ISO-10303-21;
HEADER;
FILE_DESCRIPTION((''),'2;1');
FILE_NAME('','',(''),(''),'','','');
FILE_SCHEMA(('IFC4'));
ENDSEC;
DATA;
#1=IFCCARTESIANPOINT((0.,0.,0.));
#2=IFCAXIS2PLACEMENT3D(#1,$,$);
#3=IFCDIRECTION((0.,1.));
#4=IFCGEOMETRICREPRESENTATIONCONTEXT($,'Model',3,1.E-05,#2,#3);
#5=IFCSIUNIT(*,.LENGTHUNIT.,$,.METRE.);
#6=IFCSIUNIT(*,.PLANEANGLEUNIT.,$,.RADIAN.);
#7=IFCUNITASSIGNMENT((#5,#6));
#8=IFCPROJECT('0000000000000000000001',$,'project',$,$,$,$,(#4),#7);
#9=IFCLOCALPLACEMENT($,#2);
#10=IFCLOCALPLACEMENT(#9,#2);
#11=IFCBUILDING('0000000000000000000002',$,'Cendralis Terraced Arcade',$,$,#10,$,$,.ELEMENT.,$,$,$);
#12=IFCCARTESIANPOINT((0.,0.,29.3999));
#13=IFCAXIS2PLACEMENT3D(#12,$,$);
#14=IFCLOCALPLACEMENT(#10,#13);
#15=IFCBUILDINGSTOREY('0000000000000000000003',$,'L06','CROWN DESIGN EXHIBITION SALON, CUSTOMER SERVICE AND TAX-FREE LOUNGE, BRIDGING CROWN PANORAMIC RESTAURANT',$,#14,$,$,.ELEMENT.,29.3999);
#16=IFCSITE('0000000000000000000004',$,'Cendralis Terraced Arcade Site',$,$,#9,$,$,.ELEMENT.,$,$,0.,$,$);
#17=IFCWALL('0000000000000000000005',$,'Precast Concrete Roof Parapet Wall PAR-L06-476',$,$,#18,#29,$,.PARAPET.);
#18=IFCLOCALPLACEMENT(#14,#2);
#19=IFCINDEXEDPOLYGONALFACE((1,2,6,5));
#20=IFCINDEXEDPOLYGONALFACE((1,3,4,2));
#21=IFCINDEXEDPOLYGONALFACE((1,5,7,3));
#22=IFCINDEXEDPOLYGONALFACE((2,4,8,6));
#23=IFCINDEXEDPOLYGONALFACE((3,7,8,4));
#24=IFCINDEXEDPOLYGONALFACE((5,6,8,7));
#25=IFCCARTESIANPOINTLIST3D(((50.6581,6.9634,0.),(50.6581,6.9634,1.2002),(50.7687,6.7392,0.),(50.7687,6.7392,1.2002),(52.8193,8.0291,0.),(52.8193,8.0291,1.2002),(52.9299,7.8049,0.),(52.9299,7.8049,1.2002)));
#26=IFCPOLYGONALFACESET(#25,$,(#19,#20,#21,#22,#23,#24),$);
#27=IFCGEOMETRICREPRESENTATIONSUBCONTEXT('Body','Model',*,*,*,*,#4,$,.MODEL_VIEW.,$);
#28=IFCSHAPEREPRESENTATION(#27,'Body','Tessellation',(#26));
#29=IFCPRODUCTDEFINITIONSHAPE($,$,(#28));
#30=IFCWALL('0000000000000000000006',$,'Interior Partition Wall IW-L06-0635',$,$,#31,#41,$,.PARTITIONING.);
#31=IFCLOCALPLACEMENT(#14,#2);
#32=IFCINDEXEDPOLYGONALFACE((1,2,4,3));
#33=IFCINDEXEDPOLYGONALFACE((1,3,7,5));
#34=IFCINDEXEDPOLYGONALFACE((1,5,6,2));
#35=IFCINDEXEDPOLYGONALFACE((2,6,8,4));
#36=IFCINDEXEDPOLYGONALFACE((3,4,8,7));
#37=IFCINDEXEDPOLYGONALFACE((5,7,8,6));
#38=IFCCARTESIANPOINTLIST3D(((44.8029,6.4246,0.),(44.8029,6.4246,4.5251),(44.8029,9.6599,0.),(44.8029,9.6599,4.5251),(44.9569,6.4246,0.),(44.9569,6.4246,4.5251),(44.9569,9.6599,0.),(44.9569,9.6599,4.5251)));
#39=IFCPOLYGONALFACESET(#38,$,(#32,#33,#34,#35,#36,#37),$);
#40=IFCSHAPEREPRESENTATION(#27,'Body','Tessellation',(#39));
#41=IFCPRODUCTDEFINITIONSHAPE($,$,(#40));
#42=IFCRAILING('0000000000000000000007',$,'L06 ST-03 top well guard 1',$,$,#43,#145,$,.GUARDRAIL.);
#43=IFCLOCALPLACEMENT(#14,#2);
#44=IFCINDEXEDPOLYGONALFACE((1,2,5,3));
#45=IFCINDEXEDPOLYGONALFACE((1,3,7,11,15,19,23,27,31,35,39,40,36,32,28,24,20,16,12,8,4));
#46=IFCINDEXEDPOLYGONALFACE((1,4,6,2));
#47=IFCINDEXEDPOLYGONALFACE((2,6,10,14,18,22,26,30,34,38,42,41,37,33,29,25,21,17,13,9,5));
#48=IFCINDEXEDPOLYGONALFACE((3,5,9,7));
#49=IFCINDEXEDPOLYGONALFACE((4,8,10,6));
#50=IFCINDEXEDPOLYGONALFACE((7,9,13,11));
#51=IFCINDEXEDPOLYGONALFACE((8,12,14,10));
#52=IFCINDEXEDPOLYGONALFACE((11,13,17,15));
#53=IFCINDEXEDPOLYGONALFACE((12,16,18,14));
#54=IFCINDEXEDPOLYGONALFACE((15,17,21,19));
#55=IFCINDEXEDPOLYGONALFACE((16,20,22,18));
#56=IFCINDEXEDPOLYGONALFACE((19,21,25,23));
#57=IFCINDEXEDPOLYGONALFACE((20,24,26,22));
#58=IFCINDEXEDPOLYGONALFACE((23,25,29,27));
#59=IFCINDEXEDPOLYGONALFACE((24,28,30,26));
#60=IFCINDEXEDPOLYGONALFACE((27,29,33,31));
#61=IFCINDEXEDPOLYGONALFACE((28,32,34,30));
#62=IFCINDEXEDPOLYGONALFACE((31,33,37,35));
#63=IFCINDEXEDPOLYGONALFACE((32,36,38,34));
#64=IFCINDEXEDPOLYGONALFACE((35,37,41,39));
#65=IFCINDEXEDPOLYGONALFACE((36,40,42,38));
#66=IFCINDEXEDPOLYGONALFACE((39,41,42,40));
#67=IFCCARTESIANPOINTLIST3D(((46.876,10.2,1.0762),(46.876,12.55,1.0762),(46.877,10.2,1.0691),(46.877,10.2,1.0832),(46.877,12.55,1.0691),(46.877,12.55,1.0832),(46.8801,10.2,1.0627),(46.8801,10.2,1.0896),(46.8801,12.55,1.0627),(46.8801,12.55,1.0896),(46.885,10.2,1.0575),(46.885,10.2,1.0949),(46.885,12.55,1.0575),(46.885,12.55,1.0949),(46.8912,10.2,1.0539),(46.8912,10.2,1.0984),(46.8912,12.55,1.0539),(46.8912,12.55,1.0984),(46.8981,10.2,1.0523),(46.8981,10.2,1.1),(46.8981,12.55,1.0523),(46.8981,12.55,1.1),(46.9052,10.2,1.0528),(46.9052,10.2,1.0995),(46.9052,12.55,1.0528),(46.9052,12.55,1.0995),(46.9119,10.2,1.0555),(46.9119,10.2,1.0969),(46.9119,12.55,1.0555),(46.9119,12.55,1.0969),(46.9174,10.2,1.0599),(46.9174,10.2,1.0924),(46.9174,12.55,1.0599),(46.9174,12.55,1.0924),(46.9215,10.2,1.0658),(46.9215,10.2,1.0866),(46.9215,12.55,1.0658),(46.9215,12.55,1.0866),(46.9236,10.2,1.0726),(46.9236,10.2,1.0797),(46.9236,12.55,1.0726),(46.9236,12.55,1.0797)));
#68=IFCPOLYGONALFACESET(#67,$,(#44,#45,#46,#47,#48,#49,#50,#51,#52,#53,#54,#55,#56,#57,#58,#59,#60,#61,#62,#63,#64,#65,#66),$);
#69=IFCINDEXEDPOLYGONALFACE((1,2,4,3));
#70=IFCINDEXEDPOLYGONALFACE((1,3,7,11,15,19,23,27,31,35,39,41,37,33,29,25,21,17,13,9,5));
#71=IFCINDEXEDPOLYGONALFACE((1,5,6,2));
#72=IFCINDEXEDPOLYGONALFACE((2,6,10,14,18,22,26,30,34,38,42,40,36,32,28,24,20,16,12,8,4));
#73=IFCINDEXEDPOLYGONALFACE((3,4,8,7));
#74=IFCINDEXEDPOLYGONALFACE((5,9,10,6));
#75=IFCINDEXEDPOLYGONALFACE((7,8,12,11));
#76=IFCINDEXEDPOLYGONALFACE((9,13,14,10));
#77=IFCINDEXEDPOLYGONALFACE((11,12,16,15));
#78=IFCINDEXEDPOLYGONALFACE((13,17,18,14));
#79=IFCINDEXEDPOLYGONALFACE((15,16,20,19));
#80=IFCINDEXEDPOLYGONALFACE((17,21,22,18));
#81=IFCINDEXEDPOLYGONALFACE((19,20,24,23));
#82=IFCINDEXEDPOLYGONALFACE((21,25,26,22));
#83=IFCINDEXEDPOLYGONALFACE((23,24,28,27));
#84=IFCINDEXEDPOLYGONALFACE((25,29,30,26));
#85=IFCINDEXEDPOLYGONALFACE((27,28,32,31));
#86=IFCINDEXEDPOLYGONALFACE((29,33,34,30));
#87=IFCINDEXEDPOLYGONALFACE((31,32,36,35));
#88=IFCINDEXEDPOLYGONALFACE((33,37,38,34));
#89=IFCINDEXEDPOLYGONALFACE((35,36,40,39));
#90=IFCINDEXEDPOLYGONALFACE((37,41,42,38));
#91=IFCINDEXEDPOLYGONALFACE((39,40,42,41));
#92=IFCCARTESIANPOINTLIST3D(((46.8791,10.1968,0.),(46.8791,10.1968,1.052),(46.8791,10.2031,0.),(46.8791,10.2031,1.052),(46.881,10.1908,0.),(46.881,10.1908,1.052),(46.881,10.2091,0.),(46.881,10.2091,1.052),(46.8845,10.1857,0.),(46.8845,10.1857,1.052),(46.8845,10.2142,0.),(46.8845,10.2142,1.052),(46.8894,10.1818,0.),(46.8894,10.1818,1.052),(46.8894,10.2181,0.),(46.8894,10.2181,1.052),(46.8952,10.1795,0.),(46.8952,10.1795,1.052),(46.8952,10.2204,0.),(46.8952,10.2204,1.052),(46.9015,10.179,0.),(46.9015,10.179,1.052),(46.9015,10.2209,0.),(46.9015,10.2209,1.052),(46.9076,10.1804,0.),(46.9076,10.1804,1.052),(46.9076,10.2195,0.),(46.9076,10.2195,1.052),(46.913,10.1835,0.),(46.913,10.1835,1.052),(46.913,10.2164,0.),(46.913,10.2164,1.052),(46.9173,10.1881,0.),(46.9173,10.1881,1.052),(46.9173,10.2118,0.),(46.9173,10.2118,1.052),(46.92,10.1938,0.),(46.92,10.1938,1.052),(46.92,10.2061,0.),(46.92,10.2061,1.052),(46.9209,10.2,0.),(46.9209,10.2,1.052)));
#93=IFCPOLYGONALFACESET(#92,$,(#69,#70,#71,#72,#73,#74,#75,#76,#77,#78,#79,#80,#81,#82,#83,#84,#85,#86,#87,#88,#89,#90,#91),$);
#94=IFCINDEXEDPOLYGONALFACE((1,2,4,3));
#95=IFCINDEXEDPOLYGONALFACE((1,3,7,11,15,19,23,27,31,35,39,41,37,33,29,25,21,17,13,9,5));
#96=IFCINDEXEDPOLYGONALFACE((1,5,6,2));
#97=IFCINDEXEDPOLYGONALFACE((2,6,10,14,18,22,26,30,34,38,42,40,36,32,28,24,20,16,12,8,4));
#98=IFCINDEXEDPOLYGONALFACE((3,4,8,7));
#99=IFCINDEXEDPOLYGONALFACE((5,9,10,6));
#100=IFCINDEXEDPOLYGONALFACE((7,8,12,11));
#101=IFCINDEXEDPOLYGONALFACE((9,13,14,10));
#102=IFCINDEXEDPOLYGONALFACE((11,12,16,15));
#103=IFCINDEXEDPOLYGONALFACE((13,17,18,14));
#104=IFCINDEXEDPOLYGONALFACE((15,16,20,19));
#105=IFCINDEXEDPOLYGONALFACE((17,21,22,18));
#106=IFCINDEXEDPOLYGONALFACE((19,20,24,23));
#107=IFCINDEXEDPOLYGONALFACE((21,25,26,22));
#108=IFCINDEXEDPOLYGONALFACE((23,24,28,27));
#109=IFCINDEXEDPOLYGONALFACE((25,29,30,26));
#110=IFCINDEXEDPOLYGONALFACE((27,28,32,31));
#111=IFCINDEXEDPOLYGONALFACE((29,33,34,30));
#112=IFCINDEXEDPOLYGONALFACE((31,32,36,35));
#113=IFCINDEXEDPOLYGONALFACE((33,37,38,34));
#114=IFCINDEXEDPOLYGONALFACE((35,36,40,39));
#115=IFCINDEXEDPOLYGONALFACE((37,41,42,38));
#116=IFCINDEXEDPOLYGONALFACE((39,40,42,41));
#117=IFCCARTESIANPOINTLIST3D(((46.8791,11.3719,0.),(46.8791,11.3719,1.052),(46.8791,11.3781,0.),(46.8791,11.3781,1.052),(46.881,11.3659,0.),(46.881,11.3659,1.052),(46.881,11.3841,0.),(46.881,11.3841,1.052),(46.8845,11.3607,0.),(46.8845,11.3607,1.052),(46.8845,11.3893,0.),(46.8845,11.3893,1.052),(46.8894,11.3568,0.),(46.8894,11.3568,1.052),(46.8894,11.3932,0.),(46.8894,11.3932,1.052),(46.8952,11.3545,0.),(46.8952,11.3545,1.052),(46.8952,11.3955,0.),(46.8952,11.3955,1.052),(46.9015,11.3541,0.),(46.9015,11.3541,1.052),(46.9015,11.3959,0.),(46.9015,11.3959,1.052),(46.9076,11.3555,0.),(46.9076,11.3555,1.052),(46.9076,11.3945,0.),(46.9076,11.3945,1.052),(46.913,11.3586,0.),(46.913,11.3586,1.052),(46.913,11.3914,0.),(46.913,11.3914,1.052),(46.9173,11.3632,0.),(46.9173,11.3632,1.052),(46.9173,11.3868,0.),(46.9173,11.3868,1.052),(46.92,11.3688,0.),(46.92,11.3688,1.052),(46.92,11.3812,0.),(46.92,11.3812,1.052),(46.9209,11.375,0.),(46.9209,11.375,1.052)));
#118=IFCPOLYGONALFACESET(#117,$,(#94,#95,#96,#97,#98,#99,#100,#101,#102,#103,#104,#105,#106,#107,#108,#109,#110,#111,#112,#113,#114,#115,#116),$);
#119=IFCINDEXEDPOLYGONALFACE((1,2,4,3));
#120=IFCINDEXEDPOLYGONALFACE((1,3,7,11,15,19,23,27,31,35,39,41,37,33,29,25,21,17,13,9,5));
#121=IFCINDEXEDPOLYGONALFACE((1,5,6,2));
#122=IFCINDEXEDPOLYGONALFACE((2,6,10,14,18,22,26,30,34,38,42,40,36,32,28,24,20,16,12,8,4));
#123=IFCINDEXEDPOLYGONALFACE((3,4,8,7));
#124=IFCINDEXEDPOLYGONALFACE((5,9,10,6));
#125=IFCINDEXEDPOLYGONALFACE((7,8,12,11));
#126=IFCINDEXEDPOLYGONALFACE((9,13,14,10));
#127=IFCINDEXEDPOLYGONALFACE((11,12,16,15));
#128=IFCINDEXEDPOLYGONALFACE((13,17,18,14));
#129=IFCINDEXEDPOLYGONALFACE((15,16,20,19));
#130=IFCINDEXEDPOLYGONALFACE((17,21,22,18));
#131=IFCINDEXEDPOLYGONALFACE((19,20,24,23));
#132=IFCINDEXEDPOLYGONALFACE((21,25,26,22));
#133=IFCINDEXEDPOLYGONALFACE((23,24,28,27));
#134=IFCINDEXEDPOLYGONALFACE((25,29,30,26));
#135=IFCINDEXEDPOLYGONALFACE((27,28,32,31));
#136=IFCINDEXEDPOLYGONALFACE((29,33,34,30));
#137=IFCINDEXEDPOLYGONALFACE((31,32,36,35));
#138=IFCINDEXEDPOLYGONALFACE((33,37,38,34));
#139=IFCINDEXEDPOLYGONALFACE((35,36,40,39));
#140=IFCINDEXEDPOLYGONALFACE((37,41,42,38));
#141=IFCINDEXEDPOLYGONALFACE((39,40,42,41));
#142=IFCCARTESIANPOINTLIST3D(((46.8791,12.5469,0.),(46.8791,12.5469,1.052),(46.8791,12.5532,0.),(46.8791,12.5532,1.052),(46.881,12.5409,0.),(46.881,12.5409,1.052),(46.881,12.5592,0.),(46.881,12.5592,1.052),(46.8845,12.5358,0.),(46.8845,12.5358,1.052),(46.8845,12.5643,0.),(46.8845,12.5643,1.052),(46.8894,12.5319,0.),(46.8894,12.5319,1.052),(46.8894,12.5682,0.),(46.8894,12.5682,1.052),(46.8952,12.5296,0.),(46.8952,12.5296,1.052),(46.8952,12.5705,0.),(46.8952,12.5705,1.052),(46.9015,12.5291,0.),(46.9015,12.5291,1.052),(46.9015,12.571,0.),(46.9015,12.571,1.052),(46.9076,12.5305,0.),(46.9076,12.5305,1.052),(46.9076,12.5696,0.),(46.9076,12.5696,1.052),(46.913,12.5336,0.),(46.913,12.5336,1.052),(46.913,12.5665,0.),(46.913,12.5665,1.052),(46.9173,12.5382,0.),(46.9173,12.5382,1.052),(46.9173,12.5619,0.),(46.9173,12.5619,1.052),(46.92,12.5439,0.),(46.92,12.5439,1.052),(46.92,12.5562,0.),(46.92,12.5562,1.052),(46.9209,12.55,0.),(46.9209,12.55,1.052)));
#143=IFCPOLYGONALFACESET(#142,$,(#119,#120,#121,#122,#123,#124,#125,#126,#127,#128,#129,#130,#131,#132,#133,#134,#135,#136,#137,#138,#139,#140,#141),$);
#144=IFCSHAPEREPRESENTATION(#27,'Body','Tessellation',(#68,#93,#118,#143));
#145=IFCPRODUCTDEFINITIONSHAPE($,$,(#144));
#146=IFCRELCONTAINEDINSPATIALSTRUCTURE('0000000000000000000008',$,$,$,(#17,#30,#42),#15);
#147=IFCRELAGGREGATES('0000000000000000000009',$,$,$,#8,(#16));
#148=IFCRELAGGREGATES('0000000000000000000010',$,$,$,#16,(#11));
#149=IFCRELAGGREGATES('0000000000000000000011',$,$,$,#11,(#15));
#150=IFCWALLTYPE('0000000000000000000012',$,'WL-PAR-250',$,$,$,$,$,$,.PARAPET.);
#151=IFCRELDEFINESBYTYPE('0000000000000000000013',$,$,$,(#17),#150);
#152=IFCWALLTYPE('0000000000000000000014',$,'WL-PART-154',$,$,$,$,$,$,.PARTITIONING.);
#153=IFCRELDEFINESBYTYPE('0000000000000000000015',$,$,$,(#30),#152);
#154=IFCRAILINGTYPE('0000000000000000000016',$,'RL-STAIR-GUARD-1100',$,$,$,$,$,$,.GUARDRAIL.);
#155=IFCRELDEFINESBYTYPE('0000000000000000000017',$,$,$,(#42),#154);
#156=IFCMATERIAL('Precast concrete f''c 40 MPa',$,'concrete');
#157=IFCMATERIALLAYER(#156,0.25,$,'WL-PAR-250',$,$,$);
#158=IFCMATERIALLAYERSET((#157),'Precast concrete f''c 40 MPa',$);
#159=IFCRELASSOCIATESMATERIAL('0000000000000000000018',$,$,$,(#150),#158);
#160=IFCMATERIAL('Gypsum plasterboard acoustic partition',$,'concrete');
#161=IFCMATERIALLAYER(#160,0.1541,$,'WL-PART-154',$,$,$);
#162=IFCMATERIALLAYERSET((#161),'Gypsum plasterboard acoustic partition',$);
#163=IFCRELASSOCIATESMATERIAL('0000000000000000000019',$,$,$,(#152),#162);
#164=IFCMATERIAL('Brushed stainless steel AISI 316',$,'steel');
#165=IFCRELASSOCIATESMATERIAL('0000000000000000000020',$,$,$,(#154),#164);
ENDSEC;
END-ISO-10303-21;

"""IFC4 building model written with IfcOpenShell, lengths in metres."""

from ifc_helpers import new_model, si_unit, direction, frame, frame_2d, origin, origin_2d, place, context, subcontext, project, spatial, rectangle, circle, extrude, material, layer, layer_set, type_object, element, save


model = new_model("IFC4")

# Units and contexts
model_context = context("Model", 3, precision=1e-05, world=origin(), true_north=direction((0.0, 1.0)))
body_context = subcontext(model_context, "Body", "Model", "MODEL_VIEW")
ifc_project = project(units=[si_unit("LENGTHUNIT", "METRE"), si_unit("PLANEANGLEUNIT", "RADIAN")], contexts=[model_context])

# Site, building, storey
site_placement = place(None, origin())
site = spatial("IfcSite", under=ifc_project, at=site_placement, Name="Cendralis Terraced Arcade Site", CompositionType="ELEMENT", RefElevation=0.0)
building_placement = place(site_placement, origin())
building = spatial("IfcBuilding", under=site, at=building_placement, Name="Cendralis Terraced Arcade", CompositionType="ELEMENT")
storey_placement = place(building_placement, frame((0.0, 0.0, 29.3999)))
storey = spatial("IfcBuildingStorey", under=building, at=storey_placement, Name="L06", Description="CROWN DESIGN EXHIBITION SALON, CUSTOMER SERVICE AND TAX-FREE LOUNGE, BRIDGING CROWN PANORAMIC RESTAURANT", CompositionType="ELEMENT", Elevation=29.3999)

# Walls
ifc_material_1 = material(Name="Precast concrete f'c 40 MPa", Category="concrete")
ifc_layer_1 = layer(ifc_material_1, 0.25, Name="WL-PAR-250")
ifc_layer_set_1 = layer_set([ifc_layer_1], Name="Precast concrete f'c 40 MPa")
wall_type_1 = type_object("IfcWallType", Name="WL-PAR-250", PredefinedType="PARAPET", material=ifc_layer_set_1)
wall_1_placement = place(storey_placement, frame((50.7134, 6.8513, 0.0), z_axis=(0.0, 0.0, 1.0), x_axis=(0.896886, 0.442262, 0.0)))
element("IfcWall", 1, at=wall_1_placement, inside=storey, type_object=wall_type_1, Name="Precast Concrete Roof Parapet Wall PAR-L06-476", PredefinedType="PARAPET", context=body_context, shape_type="SweptSolid", body=[
    extrude(rectangle(XDim=2.4097, YDim=0.25, at=frame_2d((1.2048, 0.0))), origin(), (0.0, 0.0, 1.0), 1.2002),
])
ifc_material_2 = material(Name="Gypsum plasterboard acoustic partition", Category="concrete")
ifc_layer_2 = layer(ifc_material_2, 0.1541, Name="WL-PART-154")
ifc_layer_set_2 = layer_set([ifc_layer_2], Name="Gypsum plasterboard acoustic partition")
wall_type_2 = type_object("IfcWallType", Name="WL-PART-154", PredefinedType="PARTITIONING", material=ifc_layer_set_2)
wall_2_placement = place(storey_placement, frame((44.8799, 9.6599, 0.0), z_axis=(0.0, 0.0, 1.0), x_axis=(0.0, -1.0, 0.0)))
element("IfcWall", 2, at=wall_2_placement, inside=storey, type_object=wall_type_2, Name="Interior Partition Wall IW-L06-0635", PredefinedType="PARTITIONING", context=body_context, shape_type="SweptSolid", body=[
    extrude(rectangle(XDim=3.2354, YDim=0.1541, at=frame_2d((1.6177, 0.0))), origin(), (0.0, 0.0, 1.0), 4.5251),
])

# Railing
ifc_material_3 = material(Name="Brushed stainless steel AISI 316", Category="steel")
railing_type = type_object("IfcRailingType", Name="RL-STAIR-GUARD-1100", PredefinedType="GUARDRAIL", material=ifc_material_3)
railing_placement = place(storey_placement, frame((46.8999, 10.2, 0.0)))
element("IfcRailing", 3, at=railing_placement, inside=storey, type_object=railing_type, Name="L06 ST-03 top well guard 1", PredefinedType="GUARDRAIL", context=body_context, shape_type="SweptSolid", body=[
    extrude(circle(Radius=0.0239, at=origin_2d()), frame((0.0, 0.0, 1.0762), z_axis=(0.0, 1.0, 0.0), x_axis=(-1.0, 0.0, 0.0)), (0.0, 0.0, 1.0), 2.3501),
    extrude(circle(Radius=0.021, at=origin_2d()), origin(), (0.0, 0.0, 1.0), 1.052),
    extrude(circle(Radius=0.021, at=origin_2d()), frame((0.0, 1.175, 0.0)), (0.0, 0.0, 1.0), 1.052),
    extrude(circle(Radius=0.021, at=origin_2d()), frame((0.0, 2.3501, 0.0)), (0.0, 0.0, 1.0), 1.052),
])

save(model, "model.ifc")
